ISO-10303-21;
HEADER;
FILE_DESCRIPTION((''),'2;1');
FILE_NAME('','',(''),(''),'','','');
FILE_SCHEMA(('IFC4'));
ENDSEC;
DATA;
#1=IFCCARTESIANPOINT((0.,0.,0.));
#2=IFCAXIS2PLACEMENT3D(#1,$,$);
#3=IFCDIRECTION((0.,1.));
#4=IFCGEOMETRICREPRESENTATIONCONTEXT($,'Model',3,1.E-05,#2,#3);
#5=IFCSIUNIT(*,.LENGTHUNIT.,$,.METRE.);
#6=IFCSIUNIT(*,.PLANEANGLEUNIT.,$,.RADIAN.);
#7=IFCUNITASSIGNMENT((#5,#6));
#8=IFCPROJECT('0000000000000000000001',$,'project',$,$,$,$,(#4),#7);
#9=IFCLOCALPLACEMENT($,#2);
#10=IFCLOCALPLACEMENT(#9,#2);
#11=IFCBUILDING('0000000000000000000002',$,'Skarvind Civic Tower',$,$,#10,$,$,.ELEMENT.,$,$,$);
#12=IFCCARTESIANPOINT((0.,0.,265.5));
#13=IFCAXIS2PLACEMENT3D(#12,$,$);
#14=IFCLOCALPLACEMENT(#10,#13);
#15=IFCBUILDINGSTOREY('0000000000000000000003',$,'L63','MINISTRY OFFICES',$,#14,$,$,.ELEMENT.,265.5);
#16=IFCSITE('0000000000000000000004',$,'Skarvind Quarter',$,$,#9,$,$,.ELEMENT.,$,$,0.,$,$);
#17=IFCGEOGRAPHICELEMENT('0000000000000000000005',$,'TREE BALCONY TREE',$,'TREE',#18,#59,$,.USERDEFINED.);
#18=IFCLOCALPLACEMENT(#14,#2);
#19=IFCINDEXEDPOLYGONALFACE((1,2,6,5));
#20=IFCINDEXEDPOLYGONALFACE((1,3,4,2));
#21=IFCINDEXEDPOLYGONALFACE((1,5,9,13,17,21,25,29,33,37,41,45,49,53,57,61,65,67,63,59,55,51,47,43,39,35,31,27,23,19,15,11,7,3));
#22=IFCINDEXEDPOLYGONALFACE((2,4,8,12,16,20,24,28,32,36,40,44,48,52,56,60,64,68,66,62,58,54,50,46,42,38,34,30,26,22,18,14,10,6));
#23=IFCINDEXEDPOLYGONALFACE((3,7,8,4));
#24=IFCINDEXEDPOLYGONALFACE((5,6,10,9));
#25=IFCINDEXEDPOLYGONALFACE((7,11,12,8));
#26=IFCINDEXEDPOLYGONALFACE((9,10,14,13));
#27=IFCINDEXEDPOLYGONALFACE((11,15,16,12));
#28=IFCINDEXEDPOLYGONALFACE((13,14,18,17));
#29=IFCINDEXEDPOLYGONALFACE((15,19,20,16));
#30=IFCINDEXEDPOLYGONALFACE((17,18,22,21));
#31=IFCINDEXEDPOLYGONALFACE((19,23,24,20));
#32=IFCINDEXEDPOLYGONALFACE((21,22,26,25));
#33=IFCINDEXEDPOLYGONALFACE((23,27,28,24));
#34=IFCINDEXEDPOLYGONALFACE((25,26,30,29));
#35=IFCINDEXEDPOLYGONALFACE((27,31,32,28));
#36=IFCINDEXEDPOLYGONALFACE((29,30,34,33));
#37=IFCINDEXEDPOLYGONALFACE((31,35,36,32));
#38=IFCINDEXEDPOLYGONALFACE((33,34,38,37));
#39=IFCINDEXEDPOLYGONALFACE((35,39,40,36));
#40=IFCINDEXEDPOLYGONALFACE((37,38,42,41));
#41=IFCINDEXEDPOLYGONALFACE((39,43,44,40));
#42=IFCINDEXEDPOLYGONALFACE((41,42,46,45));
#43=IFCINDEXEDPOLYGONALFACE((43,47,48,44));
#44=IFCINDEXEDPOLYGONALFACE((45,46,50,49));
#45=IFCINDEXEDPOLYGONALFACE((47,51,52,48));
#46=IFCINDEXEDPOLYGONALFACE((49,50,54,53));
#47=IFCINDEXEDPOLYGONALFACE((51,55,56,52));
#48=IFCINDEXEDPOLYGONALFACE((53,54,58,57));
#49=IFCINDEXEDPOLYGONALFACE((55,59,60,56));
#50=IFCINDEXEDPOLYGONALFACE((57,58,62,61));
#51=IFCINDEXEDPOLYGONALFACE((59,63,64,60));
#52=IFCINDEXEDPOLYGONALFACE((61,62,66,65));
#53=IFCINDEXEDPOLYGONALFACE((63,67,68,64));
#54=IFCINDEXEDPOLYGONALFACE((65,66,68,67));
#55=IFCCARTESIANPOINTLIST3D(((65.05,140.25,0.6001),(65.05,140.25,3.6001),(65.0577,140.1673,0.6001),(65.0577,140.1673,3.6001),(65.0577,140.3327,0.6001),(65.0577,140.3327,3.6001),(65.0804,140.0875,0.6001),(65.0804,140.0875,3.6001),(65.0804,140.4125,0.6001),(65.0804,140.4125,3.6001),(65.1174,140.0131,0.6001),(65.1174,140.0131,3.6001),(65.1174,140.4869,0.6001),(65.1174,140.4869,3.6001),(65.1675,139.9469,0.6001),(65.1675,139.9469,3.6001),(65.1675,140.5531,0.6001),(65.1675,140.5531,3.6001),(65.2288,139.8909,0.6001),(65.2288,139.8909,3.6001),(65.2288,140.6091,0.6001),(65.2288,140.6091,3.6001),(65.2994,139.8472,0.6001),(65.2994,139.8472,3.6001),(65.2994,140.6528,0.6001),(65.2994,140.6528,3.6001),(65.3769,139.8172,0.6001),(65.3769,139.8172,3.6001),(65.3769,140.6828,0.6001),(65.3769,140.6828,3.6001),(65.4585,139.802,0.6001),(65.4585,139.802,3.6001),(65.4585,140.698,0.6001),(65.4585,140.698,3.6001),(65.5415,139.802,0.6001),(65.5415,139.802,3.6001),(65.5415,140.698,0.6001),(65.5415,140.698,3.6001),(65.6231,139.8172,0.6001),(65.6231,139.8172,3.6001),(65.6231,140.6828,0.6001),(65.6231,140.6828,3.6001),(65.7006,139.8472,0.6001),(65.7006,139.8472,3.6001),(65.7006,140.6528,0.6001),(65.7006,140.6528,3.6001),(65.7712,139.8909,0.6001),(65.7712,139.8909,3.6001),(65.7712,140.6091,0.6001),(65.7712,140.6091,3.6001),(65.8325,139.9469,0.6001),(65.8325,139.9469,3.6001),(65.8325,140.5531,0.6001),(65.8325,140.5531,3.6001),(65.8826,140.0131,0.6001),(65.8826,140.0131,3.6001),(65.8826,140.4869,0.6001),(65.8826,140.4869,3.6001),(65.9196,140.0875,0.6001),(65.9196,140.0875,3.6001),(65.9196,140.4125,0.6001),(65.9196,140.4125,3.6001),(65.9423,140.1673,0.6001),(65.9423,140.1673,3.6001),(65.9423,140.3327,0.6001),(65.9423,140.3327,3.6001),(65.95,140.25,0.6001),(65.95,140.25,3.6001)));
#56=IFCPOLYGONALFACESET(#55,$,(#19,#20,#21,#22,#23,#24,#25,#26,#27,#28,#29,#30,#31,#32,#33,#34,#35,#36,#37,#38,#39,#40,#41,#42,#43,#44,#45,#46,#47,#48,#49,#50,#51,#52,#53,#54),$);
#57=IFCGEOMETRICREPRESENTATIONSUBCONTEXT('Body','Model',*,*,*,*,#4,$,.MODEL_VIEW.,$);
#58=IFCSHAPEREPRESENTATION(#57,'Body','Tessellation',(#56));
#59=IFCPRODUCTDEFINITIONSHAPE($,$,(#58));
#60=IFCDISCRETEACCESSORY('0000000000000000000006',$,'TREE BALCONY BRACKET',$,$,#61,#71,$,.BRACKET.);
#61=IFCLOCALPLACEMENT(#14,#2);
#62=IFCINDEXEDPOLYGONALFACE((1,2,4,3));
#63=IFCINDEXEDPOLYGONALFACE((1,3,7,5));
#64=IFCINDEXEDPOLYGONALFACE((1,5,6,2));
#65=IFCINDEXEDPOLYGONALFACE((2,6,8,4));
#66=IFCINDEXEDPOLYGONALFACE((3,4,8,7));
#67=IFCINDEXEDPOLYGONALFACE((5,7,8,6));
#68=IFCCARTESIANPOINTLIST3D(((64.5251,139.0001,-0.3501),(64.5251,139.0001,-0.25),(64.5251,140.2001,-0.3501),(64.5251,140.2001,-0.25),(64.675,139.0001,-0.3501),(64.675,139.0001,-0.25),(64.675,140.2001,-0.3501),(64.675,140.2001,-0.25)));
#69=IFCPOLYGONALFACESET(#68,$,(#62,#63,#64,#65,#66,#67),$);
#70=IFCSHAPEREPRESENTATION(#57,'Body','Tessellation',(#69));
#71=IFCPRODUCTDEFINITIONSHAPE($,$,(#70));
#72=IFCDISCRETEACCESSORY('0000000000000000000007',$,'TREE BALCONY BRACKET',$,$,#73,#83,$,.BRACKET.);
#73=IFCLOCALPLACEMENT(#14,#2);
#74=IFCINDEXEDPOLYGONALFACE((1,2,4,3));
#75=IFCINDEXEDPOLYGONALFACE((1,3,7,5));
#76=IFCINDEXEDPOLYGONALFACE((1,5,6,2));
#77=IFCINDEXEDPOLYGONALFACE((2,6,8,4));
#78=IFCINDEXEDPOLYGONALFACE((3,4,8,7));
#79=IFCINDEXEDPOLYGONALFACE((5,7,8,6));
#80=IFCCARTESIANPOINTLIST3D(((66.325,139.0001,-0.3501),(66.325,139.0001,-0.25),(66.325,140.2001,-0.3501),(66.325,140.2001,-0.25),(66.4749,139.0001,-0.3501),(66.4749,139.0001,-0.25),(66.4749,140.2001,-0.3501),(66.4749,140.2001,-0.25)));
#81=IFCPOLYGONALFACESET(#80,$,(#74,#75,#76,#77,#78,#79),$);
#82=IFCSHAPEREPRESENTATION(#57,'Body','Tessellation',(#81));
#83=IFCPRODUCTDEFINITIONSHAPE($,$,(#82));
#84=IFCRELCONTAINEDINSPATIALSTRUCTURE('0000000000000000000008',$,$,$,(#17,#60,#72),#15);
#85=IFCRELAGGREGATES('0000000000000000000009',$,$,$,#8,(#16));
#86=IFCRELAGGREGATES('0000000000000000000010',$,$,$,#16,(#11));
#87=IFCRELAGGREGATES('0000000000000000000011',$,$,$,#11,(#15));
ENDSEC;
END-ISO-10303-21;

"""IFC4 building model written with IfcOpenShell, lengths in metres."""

from ifc_helpers import new_model, si_unit, direction, frame, origin, origin_2d, place, context, subcontext, project, spatial, rectangle, circle, extrude, element, save


model = new_model("IFC4")

# Units and contexts
model_context = context("Model", 3, precision=1e-05, world=origin(), true_north=direction((0.0, 1.0)))
body_context = subcontext(model_context, "Body", "Model", "MODEL_VIEW")
ifc_project = project(units=[si_unit("LENGTHUNIT", "METRE"), si_unit("PLANEANGLEUNIT", "RADIAN")], contexts=[model_context])

# Site, building, storey
site_placement = place(None, origin())
site = spatial("IfcSite", under=ifc_project, at=site_placement, Name="Skarvind Quarter", CompositionType="ELEMENT", RefElevation=0.0)
building_placement = place(site_placement, origin())
building = spatial("IfcBuilding", under=site, at=building_placement, Name="Skarvind Civic Tower", CompositionType="ELEMENT")
storey_placement = place(building_placement, frame((0.0, 0.0, 265.5)))
storey = spatial("IfcBuildingStorey", under=building, at=storey_placement, Name="L63", Description="MINISTRY OFFICES", CompositionType="ELEMENT", Elevation=265.5)

# Geographic element
geographic_element_placement = place(storey_placement, frame((65.5, 140.25, 0.6001), z_axis=(0.0, 0.0, 1.0), x_axis=(1.0, 0.0, 0.0)))
element("IfcGeographicElement", 1, at=geographic_element_placement, inside=storey, Name="TREE BALCONY TREE", ObjectType="TREE", PredefinedType="USERDEFINED", context=body_context, shape_type="SweptSolid", body=[
    extrude(circle(Radius=0.45, at=origin_2d()), origin(), (0.0, 0.0, 1.0), 3.0),
])

# Discrete accessories
for number, where, z_axis, x_axis, name in (
    (2, (64.6001, 139.6001, -0.3501), (0.0, 0.0, 1.0), (1.0, 0.0, 0.0), "TREE BALCONY BRACKET"),
    (3, (66.3999, 139.6001, -0.3501), (0.0, 0.0, 1.0), (1.0, 0.0, 0.0), "TREE BALCONY BRACKET"),
):
    element("IfcDiscreteAccessory", number, at=place(storey_placement, frame(where, z_axis=z_axis, x_axis=x_axis)), inside=storey, Name=name, PredefinedType="BRACKET", context=body_context, shape_type="SweptSolid", body=[
        extrude(rectangle(XDim=0.1499, YDim=1.2, at=origin_2d()), origin(), (0.0, 0.0, 1.0), 0.1001),
    ])

save(model, "model.ifc")
